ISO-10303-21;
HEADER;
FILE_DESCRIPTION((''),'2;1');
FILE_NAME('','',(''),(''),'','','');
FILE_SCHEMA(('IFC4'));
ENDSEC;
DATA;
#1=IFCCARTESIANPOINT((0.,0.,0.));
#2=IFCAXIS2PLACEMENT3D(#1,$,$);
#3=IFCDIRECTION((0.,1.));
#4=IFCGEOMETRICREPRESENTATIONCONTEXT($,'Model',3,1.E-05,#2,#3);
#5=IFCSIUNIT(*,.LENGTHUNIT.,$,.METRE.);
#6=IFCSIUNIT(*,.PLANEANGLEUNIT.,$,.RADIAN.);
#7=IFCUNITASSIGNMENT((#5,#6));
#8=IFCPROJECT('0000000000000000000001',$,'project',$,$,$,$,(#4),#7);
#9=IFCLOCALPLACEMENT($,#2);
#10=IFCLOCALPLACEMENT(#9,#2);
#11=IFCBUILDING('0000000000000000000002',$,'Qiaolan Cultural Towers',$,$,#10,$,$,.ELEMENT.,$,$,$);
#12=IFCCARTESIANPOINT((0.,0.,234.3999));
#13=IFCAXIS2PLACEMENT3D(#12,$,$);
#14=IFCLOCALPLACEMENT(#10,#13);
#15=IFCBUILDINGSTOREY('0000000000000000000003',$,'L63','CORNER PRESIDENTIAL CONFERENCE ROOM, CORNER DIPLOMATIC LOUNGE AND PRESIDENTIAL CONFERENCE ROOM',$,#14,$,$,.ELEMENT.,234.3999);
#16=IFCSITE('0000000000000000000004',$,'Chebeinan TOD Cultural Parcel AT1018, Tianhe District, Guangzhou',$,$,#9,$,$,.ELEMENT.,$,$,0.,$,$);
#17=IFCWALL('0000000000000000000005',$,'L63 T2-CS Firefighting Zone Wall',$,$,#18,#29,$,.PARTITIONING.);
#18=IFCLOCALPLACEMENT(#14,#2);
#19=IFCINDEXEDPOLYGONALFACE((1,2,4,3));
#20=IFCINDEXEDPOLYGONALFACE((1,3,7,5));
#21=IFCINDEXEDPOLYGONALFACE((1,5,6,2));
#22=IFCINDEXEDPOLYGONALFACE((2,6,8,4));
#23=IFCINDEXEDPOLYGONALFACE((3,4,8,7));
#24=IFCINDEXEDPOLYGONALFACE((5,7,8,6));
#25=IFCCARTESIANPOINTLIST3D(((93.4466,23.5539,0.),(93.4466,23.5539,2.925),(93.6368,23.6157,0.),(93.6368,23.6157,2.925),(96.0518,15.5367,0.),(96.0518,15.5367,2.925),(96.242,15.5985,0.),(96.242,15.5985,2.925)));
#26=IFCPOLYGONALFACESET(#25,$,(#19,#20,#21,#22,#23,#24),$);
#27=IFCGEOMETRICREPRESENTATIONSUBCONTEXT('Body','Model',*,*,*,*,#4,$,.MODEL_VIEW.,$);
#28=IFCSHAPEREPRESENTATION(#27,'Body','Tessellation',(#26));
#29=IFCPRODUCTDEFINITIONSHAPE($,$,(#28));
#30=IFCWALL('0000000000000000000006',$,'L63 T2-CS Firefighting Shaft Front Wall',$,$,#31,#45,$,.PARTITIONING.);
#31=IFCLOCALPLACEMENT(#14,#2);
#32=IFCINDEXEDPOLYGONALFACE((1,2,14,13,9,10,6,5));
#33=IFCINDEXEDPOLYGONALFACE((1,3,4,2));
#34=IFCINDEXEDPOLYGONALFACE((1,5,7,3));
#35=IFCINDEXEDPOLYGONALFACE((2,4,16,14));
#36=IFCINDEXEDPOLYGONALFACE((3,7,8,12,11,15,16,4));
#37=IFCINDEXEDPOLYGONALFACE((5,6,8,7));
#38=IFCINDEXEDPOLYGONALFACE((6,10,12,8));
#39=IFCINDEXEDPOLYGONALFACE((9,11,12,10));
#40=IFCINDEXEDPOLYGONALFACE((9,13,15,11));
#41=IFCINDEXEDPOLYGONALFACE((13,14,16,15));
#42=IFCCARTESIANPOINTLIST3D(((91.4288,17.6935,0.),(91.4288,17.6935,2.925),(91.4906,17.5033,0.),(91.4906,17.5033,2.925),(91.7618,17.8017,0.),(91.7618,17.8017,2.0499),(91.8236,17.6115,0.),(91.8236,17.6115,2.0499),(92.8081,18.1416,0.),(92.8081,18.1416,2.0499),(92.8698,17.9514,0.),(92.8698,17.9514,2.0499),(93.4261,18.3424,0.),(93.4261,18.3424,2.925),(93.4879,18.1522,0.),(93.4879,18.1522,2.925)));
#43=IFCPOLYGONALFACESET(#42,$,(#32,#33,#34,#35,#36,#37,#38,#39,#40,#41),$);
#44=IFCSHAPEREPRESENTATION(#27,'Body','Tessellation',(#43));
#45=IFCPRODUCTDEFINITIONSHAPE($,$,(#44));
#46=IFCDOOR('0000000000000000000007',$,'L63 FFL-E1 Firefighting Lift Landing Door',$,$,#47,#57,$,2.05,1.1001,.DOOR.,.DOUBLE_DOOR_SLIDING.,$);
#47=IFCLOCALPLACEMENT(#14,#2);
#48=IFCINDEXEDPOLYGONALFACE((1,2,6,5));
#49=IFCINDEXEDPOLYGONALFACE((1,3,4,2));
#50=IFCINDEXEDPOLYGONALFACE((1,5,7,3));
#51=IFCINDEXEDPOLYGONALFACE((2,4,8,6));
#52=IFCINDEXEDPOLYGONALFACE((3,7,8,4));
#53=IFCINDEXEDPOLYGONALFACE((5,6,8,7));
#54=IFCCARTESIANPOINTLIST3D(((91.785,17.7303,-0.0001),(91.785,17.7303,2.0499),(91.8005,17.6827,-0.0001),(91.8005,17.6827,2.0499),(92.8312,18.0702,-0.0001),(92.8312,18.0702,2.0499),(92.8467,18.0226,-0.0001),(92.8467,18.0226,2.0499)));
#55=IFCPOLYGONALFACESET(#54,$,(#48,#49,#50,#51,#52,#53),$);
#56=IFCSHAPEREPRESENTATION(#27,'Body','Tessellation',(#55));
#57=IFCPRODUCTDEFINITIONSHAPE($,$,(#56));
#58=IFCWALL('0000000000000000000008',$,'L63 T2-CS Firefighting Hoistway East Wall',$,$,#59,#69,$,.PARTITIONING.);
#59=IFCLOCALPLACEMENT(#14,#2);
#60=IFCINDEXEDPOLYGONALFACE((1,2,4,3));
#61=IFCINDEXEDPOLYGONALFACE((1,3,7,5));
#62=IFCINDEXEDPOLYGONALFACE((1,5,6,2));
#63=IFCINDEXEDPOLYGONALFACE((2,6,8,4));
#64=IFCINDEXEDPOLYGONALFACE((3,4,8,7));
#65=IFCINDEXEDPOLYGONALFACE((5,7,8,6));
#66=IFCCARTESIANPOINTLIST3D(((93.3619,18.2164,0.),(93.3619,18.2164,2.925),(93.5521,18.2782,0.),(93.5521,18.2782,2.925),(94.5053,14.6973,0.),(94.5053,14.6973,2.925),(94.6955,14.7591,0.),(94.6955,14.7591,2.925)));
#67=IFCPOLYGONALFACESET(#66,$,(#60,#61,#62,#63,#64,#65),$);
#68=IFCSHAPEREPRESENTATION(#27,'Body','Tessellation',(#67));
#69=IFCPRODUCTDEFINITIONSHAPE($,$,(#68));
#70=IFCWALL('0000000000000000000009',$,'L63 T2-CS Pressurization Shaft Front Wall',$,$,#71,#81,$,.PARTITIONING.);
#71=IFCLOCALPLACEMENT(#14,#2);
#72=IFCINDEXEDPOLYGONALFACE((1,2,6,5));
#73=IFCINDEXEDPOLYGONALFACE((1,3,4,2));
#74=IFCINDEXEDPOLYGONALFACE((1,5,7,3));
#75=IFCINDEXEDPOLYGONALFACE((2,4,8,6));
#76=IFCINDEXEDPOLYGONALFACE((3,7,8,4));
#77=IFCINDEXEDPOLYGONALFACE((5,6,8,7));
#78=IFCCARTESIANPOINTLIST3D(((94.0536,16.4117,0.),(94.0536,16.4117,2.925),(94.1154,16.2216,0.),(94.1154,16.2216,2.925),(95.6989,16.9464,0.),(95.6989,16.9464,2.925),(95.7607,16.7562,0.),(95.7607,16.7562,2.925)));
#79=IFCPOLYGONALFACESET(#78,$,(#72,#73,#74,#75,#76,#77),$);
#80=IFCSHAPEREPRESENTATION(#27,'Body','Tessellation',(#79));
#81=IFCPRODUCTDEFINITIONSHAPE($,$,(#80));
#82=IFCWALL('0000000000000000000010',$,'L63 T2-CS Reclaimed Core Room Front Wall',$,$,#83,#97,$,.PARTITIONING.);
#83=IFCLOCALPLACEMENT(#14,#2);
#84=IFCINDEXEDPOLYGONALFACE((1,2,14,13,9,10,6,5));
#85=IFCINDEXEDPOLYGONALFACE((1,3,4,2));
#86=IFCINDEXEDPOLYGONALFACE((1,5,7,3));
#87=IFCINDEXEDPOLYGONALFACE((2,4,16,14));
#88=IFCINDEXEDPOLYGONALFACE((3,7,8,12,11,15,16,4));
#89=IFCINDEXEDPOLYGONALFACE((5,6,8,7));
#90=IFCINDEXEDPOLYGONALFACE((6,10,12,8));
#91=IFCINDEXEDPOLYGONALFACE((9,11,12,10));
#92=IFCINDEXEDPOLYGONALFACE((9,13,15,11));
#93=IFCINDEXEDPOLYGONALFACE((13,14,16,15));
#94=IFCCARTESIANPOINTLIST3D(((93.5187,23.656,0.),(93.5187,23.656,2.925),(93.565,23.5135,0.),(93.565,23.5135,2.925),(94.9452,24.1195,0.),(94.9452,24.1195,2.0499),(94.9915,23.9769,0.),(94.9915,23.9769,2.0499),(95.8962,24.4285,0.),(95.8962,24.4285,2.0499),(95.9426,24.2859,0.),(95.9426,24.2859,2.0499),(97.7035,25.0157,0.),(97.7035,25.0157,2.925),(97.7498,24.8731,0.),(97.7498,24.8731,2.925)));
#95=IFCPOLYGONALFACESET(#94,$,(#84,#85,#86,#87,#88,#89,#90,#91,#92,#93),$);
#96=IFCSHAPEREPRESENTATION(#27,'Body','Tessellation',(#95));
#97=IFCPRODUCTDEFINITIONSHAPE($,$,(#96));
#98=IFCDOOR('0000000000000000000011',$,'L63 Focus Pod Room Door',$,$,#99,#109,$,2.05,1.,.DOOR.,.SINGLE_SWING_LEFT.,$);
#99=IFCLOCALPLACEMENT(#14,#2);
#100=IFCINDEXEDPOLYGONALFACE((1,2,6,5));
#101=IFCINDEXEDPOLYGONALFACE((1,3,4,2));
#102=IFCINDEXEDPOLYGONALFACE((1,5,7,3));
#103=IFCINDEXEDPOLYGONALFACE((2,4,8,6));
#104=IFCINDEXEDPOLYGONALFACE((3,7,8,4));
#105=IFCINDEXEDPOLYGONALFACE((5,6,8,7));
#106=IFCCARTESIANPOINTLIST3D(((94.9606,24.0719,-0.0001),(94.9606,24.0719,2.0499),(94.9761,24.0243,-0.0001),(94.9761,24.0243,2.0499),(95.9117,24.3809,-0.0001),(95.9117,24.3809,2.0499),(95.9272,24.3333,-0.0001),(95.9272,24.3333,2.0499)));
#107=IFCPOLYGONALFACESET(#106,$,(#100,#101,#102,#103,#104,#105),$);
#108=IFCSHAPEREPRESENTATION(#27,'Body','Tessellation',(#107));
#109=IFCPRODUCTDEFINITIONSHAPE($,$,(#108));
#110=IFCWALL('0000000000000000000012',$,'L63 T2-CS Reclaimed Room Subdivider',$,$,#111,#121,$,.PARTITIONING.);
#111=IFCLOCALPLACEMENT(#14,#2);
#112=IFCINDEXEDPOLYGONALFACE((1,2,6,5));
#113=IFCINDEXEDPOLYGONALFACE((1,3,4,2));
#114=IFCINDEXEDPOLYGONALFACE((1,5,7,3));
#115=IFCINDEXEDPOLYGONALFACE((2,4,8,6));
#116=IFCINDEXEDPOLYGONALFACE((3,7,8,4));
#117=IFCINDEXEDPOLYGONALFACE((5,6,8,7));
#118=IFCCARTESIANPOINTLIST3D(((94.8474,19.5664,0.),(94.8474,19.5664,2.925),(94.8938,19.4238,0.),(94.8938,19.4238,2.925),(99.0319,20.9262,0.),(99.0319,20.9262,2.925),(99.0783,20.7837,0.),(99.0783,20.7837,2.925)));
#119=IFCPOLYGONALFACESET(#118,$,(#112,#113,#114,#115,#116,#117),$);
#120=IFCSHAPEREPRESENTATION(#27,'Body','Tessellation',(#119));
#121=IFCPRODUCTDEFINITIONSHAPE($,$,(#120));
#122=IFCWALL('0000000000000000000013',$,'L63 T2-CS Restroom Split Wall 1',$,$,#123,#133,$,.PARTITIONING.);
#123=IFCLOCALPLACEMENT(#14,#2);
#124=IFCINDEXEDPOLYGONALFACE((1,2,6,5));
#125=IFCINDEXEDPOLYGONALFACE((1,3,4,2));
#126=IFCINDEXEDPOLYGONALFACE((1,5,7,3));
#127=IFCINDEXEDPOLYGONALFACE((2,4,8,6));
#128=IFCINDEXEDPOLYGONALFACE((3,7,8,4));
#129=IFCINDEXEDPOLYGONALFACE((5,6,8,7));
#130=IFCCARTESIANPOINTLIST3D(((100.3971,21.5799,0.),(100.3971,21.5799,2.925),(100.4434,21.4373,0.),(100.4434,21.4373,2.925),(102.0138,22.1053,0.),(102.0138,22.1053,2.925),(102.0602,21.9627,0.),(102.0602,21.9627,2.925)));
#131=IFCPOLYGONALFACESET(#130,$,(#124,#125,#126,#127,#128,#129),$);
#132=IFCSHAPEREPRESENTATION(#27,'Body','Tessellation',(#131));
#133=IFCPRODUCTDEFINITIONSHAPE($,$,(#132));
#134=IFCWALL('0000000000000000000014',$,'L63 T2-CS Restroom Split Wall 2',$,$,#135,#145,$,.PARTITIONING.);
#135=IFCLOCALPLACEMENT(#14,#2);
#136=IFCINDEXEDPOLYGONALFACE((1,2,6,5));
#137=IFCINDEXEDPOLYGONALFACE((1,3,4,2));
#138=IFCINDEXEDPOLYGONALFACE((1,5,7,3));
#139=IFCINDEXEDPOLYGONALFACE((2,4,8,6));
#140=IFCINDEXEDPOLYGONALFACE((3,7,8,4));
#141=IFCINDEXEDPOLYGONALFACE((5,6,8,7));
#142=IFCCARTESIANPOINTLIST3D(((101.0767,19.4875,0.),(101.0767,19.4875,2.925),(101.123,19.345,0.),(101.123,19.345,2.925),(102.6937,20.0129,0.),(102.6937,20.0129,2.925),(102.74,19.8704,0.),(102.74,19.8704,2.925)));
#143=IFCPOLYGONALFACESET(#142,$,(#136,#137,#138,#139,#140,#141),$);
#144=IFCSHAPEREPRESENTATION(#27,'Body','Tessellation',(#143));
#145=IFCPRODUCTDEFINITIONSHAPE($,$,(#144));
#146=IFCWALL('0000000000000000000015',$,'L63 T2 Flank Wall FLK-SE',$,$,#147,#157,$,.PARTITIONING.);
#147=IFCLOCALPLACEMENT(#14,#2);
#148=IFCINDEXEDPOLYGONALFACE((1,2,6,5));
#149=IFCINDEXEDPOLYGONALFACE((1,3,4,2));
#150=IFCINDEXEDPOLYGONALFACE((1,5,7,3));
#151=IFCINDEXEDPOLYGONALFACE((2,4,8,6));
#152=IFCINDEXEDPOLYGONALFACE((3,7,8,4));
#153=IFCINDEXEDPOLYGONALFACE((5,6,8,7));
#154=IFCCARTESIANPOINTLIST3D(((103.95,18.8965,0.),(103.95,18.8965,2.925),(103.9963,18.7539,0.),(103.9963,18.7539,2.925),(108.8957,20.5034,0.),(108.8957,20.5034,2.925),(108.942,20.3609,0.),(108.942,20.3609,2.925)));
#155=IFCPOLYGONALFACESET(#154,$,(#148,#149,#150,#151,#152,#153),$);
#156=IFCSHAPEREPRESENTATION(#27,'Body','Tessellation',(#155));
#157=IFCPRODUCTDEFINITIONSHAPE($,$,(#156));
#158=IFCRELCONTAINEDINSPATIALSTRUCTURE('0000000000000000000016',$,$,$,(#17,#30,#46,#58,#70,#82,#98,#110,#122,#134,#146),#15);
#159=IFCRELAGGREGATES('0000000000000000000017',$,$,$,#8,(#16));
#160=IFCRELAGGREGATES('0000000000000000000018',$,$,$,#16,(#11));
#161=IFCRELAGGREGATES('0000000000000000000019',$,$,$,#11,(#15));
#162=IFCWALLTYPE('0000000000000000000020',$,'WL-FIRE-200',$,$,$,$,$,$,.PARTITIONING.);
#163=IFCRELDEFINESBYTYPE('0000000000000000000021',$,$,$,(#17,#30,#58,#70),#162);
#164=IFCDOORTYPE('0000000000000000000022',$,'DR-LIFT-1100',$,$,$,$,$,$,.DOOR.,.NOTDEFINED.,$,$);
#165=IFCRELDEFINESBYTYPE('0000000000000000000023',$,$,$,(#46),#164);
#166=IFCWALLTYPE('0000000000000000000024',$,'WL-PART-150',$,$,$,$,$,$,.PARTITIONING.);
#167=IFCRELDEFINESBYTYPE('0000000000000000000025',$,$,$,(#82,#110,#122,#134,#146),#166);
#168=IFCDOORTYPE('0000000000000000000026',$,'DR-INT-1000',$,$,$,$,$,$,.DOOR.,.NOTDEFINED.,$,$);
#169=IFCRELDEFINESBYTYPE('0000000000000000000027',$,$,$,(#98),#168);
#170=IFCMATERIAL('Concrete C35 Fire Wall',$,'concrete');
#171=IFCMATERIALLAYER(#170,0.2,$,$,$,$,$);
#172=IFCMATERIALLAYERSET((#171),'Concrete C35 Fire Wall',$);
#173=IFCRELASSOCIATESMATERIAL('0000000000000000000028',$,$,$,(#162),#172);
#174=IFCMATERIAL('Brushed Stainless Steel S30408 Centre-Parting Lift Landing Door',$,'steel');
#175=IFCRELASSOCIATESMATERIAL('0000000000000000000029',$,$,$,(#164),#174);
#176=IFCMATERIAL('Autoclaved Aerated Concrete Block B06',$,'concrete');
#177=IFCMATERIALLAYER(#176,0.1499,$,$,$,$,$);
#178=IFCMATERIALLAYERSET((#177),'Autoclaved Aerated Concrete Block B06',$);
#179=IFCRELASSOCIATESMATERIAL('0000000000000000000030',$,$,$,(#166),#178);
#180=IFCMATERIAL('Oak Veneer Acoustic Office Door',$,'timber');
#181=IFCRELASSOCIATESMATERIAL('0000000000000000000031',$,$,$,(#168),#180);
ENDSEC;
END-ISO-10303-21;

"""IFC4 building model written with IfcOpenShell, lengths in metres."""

from ifc_helpers import new_model, si_unit, direction, frame, frame_2d, origin, place, context, subcontext, project, spatial, rectangle, extrude, material, layer, layer_set, type_object, element, fill, save


model = new_model("IFC4")

# Units and contexts
model_context = context("Model", 3, precision=1e-05, world=origin(), true_north=direction((0.0, 1.0)))
body_context = subcontext(model_context, "Body", "Model", "MODEL_VIEW")
ifc_project = project(units=[si_unit("LENGTHUNIT", "METRE"), si_unit("PLANEANGLEUNIT", "RADIAN")], contexts=[model_context])

# Site, building, storey
site_placement = place(None, origin())
site = spatial("IfcSite", under=ifc_project, at=site_placement, Name="Chebeinan TOD Cultural Parcel AT1018, Tianhe District, Guangzhou", CompositionType="ELEMENT", RefElevation=0.0)
building_placement = place(site_placement, origin())
building = spatial("IfcBuilding", under=site, at=building_placement, Name="Qiaolan Cultural Towers", CompositionType="ELEMENT")
storey_placement = place(building_placement, frame((0.0, 0.0, 234.3999)))
storey = spatial("IfcBuildingStorey", under=building, at=storey_placement, Name="L63", Description="CORNER PRESIDENTIAL CONFERENCE ROOM, CORNER DIPLOMATIC LOUNGE AND PRESIDENTIAL CONFERENCE ROOM", CompositionType="ELEMENT", Elevation=234.3999)

# Wall
ifc_material_1 = material(Name="Concrete C35 Fire Wall", Category="concrete")
ifc_layer_1 = layer(ifc_material_1, 0.2)
ifc_layer_set_1 = layer_set([ifc_layer_1], Name="Concrete C35 Fire Wall")
wall_type_1 = type_object("IfcWallType", Name="WL-FIRE-200", PredefinedType="PARTITIONING", material=ifc_layer_set_1)
wall_1_placement = place(storey_placement, frame((93.5417, 23.5847, 0.0), z_axis=(0.0, 0.0, 1.0), x_axis=(0.309042, -0.951048, 0.0)))
element("IfcWall", 1, at=wall_1_placement, inside=storey, type_object=wall_type_1, Name="L63 T2-CS Firefighting Zone Wall", PredefinedType="PARTITIONING", context=body_context, shape_type="SweptSolid", body=[
    extrude(rectangle(XDim=8.4299, YDim=0.2, at=frame_2d((4.2148, 0.0))), origin(), (0.0, 0.0, 1.0), 2.925),
])

# Wall, opening, door
wall_2_placement = place(storey_placement, frame((91.4597, 17.5984, 0.0), z_axis=(0.0, 0.0, 1.0), x_axis=(0.951062, 0.308999, 0.0)))
wall_2 = element("IfcWall", 2, at=wall_2_placement, inside=storey, type_object=wall_type_1, Name="L63 T2-CS Firefighting Shaft Front Wall", PredefinedType="PARTITIONING", context=body_context, shape_type="SweptSolid", body=[
    extrude(rectangle(XDim=2.1001, YDim=0.2, at=frame_2d((1.05, 0.0))), origin(), (0.0, 0.0, 1.0), 2.925),
])
opening_1_placement = place(wall_2_placement, frame((0.3501, 0.0, 0.0)))
opening_1 = element("IfcOpeningElement", 3, at=opening_1_placement, cuts=wall_2, PredefinedType="OPENING", context=body_context, shape_type="SweptSolid", body=[
    extrude(rectangle(XDim=1.1001, YDim=2.05, at=frame_2d((0.55, 1.0249))), frame((0.0, 0.1099, 0.0), z_axis=(0.0, -1.0, 0.0), x_axis=(1.0, 0.0, 0.0)), (0.0, 0.0, 1.0), 0.22),
])
ifc_material_2 = material(Name="Brushed Stainless Steel S30408 Centre-Parting Lift Landing Door", Category="steel")
door_type_1 = type_object("IfcDoorType", Name="DR-LIFT-1100", OperationType="NOTDEFINED", PredefinedType="DOOR", material=ifc_material_2)
door_1_placement = place(opening_1_placement, origin())
door_1 = element("IfcDoor", 4, at=door_1_placement, inside=storey, type_object=door_type_1, Name="L63 FFL-E1 Firefighting Lift Landing Door", OperationType="DOUBLE_DOOR_SLIDING", OverallHeight=2.05, OverallWidth=1.1001, PredefinedType="DOOR", context=body_context, shape_type="SweptSolid", body=[
    extrude(rectangle(XDim=1.1001, YDim=2.05, at=frame_2d((0.55, 1.0249))), frame((0.0, 0.0249, 0.0), z_axis=(0.0, -1.0, 0.0), x_axis=(1.0, 0.0, 0.0)), (0.0, 0.0, 1.0), 0.05),
])
fill(opening_1, door_1)

# Walls
wall_3_placement = place(storey_placement, frame((93.457, 18.2473, 0.0), z_axis=(0.0, 0.0, 1.0), x_axis=(0.308994, -0.951064, 0.0)))
element("IfcWall", 5, at=wall_3_placement, inside=storey, type_object=wall_type_1, Name="L63 T2-CS Firefighting Hoistway East Wall", PredefinedType="PARTITIONING", context=body_context, shape_type="SweptSolid", body=[
    extrude(rectangle(XDim=3.7002, YDim=0.2, at=frame_2d((1.8501, 0.0))), origin(), (0.0, 0.0, 1.0), 2.925),
])
wall_4_placement = place(storey_placement, frame((94.0845, 16.3167, 0.0), z_axis=(0.0, 0.0, 1.0), x_axis=(0.951041, 0.309064, 0.0)))
element("IfcWall", 6, at=wall_4_placement, inside=storey, type_object=wall_type_1, Name="L63 T2-CS Pressurization Shaft Front Wall", PredefinedType="PARTITIONING", context=body_context, shape_type="SweptSolid", body=[
    extrude(rectangle(XDim=1.73, YDim=0.2, at=frame_2d((0.865, 0.0))), origin(), (0.0, 0.0, 1.0), 2.925),
])

# Wall, opening, door
ifc_material_3 = material(Name="Autoclaved Aerated Concrete Block B06", Category="concrete")
ifc_layer_2 = layer(ifc_material_3, 0.1499)
ifc_layer_set_2 = layer_set([ifc_layer_2], Name="Autoclaved Aerated Concrete Block B06")
wall_type_2 = type_object("IfcWallType", Name="WL-PART-150", PredefinedType="PARTITIONING", material=ifc_layer_set_2)
wall_5_placement = place(storey_placement, frame((93.5417, 23.5847, 0.0), z_axis=(0.0, 0.0, 1.0), x_axis=(0.951064, 0.308994, 0.0)))
wall_5 = element("IfcWall", 7, at=wall_5_placement, inside=storey, type_object=wall_type_2, Name="L63 T2-CS Reclaimed Core Room Front Wall", PredefinedType="PARTITIONING", context=body_context, shape_type="SweptSolid", body=[
    extrude(rectangle(XDim=4.4001, YDim=0.1499, at=frame_2d((2.2002, 0.0))), origin(), (0.0, 0.0, 1.0), 2.925),
])
opening_2_placement = place(wall_5_placement, frame((1.5, 0.0, 0.0)))
opening_2 = element("IfcOpeningElement", 8, at=opening_2_placement, cuts=wall_5, PredefinedType="OPENING", context=body_context, shape_type="SweptSolid", body=[
    extrude(rectangle(XDim=1.0, YDim=2.05, at=frame_2d((0.5, 1.0249))), frame((0.0, 0.085, 0.0), z_axis=(0.0, -1.0, 0.0), x_axis=(1.0, 0.0, 0.0)), (0.0, 0.0, 1.0), 0.1699),
])
ifc_material_4 = material(Name="Oak Veneer Acoustic Office Door", Category="timber")
door_type_2 = type_object("IfcDoorType", Name="DR-INT-1000", OperationType="NOTDEFINED", PredefinedType="DOOR", material=ifc_material_4)
door_2_placement = place(opening_2_placement, origin())
door_2 = element("IfcDoor", 9, at=door_2_placement, inside=storey, type_object=door_type_2, Name="L63 Focus Pod Room Door", OperationType="SINGLE_SWING_LEFT", OverallHeight=2.05, OverallWidth=1.0, PredefinedType="DOOR", context=body_context, shape_type="SweptSolid", body=[
    extrude(rectangle(XDim=1.0, YDim=2.05, at=frame_2d((0.5, 1.0249))), frame((0.0, 0.0249, 0.0), z_axis=(0.0, -1.0, 0.0), x_axis=(1.0, 0.0, 0.0)), (0.0, 0.0, 1.0), 0.05),
])
fill(opening_2, door_2)

# Walls
wall_6_placement = place(storey_placement, frame((94.8706, 19.4951, 0.0), z_axis=(0.0, 0.0, 1.0), x_axis=(0.951042, 0.309061, 0.0)))
element("IfcWall", 10, at=wall_6_placement, inside=storey, type_object=wall_type_2, Name="L63 T2-CS Reclaimed Room Subdivider", PredefinedType="PARTITIONING", context=body_context, shape_type="SweptSolid", body=[
    extrude(rectangle(XDim=4.3999, YDim=0.1499, at=frame_2d((2.2, 0.0))), origin(), (0.0, 0.0, 1.0), 2.925),
])
wall_7_placement = place(storey_placement, frame((100.4202, 21.5085, 0.0), z_axis=(0.0, 0.0, 1.0), x_axis=(0.95104, 0.309067, 0.0)))
element("IfcWall", 11, at=wall_7_placement, inside=storey, type_object=wall_type_2, Name="L63 T2-CS Restroom Split Wall 1", PredefinedType="PARTITIONING", context=body_context, shape_type="SweptSolid", body=[
    extrude(rectangle(XDim=1.7, YDim=0.1499, at=frame_2d((0.8501, 0.0))), origin(), (0.0, 0.0, 1.0), 2.925),
])
wall_8_placement = place(storey_placement, frame((101.0999, 19.4163, 0.0), z_axis=(0.0, 0.0, 1.0), x_axis=(0.951054, 0.309024, 0.0)))
element("IfcWall", 12, at=wall_8_placement, inside=storey, type_object=wall_type_2, Name="L63 T2-CS Restroom Split Wall 2", PredefinedType="PARTITIONING", context=body_context, shape_type="SweptSolid", body=[
    extrude(rectangle(XDim=1.7002, YDim=0.1499, at=frame_2d((0.8501, 0.0))), origin(), (0.0, 0.0, 1.0), 2.925),
])
wall_9_placement = place(storey_placement, frame((103.9731, 18.8252, 0.0), z_axis=(0.0, 0.0, 1.0), x_axis=(0.951055, 0.309021, 0.0)))
element("IfcWall", 13, at=wall_9_placement, inside=storey, type_object=wall_type_2, Name="L63 T2 Flank Wall FLK-SE", PredefinedType="PARTITIONING", context=body_context, shape_type="SweptSolid", body=[
    extrude(rectangle(XDim=5.2002, YDim=0.1499, at=frame_2d((2.6001, 0.0))), origin(), (0.0, 0.0, 1.0), 2.925),
])

save(model, "model.ifc")
